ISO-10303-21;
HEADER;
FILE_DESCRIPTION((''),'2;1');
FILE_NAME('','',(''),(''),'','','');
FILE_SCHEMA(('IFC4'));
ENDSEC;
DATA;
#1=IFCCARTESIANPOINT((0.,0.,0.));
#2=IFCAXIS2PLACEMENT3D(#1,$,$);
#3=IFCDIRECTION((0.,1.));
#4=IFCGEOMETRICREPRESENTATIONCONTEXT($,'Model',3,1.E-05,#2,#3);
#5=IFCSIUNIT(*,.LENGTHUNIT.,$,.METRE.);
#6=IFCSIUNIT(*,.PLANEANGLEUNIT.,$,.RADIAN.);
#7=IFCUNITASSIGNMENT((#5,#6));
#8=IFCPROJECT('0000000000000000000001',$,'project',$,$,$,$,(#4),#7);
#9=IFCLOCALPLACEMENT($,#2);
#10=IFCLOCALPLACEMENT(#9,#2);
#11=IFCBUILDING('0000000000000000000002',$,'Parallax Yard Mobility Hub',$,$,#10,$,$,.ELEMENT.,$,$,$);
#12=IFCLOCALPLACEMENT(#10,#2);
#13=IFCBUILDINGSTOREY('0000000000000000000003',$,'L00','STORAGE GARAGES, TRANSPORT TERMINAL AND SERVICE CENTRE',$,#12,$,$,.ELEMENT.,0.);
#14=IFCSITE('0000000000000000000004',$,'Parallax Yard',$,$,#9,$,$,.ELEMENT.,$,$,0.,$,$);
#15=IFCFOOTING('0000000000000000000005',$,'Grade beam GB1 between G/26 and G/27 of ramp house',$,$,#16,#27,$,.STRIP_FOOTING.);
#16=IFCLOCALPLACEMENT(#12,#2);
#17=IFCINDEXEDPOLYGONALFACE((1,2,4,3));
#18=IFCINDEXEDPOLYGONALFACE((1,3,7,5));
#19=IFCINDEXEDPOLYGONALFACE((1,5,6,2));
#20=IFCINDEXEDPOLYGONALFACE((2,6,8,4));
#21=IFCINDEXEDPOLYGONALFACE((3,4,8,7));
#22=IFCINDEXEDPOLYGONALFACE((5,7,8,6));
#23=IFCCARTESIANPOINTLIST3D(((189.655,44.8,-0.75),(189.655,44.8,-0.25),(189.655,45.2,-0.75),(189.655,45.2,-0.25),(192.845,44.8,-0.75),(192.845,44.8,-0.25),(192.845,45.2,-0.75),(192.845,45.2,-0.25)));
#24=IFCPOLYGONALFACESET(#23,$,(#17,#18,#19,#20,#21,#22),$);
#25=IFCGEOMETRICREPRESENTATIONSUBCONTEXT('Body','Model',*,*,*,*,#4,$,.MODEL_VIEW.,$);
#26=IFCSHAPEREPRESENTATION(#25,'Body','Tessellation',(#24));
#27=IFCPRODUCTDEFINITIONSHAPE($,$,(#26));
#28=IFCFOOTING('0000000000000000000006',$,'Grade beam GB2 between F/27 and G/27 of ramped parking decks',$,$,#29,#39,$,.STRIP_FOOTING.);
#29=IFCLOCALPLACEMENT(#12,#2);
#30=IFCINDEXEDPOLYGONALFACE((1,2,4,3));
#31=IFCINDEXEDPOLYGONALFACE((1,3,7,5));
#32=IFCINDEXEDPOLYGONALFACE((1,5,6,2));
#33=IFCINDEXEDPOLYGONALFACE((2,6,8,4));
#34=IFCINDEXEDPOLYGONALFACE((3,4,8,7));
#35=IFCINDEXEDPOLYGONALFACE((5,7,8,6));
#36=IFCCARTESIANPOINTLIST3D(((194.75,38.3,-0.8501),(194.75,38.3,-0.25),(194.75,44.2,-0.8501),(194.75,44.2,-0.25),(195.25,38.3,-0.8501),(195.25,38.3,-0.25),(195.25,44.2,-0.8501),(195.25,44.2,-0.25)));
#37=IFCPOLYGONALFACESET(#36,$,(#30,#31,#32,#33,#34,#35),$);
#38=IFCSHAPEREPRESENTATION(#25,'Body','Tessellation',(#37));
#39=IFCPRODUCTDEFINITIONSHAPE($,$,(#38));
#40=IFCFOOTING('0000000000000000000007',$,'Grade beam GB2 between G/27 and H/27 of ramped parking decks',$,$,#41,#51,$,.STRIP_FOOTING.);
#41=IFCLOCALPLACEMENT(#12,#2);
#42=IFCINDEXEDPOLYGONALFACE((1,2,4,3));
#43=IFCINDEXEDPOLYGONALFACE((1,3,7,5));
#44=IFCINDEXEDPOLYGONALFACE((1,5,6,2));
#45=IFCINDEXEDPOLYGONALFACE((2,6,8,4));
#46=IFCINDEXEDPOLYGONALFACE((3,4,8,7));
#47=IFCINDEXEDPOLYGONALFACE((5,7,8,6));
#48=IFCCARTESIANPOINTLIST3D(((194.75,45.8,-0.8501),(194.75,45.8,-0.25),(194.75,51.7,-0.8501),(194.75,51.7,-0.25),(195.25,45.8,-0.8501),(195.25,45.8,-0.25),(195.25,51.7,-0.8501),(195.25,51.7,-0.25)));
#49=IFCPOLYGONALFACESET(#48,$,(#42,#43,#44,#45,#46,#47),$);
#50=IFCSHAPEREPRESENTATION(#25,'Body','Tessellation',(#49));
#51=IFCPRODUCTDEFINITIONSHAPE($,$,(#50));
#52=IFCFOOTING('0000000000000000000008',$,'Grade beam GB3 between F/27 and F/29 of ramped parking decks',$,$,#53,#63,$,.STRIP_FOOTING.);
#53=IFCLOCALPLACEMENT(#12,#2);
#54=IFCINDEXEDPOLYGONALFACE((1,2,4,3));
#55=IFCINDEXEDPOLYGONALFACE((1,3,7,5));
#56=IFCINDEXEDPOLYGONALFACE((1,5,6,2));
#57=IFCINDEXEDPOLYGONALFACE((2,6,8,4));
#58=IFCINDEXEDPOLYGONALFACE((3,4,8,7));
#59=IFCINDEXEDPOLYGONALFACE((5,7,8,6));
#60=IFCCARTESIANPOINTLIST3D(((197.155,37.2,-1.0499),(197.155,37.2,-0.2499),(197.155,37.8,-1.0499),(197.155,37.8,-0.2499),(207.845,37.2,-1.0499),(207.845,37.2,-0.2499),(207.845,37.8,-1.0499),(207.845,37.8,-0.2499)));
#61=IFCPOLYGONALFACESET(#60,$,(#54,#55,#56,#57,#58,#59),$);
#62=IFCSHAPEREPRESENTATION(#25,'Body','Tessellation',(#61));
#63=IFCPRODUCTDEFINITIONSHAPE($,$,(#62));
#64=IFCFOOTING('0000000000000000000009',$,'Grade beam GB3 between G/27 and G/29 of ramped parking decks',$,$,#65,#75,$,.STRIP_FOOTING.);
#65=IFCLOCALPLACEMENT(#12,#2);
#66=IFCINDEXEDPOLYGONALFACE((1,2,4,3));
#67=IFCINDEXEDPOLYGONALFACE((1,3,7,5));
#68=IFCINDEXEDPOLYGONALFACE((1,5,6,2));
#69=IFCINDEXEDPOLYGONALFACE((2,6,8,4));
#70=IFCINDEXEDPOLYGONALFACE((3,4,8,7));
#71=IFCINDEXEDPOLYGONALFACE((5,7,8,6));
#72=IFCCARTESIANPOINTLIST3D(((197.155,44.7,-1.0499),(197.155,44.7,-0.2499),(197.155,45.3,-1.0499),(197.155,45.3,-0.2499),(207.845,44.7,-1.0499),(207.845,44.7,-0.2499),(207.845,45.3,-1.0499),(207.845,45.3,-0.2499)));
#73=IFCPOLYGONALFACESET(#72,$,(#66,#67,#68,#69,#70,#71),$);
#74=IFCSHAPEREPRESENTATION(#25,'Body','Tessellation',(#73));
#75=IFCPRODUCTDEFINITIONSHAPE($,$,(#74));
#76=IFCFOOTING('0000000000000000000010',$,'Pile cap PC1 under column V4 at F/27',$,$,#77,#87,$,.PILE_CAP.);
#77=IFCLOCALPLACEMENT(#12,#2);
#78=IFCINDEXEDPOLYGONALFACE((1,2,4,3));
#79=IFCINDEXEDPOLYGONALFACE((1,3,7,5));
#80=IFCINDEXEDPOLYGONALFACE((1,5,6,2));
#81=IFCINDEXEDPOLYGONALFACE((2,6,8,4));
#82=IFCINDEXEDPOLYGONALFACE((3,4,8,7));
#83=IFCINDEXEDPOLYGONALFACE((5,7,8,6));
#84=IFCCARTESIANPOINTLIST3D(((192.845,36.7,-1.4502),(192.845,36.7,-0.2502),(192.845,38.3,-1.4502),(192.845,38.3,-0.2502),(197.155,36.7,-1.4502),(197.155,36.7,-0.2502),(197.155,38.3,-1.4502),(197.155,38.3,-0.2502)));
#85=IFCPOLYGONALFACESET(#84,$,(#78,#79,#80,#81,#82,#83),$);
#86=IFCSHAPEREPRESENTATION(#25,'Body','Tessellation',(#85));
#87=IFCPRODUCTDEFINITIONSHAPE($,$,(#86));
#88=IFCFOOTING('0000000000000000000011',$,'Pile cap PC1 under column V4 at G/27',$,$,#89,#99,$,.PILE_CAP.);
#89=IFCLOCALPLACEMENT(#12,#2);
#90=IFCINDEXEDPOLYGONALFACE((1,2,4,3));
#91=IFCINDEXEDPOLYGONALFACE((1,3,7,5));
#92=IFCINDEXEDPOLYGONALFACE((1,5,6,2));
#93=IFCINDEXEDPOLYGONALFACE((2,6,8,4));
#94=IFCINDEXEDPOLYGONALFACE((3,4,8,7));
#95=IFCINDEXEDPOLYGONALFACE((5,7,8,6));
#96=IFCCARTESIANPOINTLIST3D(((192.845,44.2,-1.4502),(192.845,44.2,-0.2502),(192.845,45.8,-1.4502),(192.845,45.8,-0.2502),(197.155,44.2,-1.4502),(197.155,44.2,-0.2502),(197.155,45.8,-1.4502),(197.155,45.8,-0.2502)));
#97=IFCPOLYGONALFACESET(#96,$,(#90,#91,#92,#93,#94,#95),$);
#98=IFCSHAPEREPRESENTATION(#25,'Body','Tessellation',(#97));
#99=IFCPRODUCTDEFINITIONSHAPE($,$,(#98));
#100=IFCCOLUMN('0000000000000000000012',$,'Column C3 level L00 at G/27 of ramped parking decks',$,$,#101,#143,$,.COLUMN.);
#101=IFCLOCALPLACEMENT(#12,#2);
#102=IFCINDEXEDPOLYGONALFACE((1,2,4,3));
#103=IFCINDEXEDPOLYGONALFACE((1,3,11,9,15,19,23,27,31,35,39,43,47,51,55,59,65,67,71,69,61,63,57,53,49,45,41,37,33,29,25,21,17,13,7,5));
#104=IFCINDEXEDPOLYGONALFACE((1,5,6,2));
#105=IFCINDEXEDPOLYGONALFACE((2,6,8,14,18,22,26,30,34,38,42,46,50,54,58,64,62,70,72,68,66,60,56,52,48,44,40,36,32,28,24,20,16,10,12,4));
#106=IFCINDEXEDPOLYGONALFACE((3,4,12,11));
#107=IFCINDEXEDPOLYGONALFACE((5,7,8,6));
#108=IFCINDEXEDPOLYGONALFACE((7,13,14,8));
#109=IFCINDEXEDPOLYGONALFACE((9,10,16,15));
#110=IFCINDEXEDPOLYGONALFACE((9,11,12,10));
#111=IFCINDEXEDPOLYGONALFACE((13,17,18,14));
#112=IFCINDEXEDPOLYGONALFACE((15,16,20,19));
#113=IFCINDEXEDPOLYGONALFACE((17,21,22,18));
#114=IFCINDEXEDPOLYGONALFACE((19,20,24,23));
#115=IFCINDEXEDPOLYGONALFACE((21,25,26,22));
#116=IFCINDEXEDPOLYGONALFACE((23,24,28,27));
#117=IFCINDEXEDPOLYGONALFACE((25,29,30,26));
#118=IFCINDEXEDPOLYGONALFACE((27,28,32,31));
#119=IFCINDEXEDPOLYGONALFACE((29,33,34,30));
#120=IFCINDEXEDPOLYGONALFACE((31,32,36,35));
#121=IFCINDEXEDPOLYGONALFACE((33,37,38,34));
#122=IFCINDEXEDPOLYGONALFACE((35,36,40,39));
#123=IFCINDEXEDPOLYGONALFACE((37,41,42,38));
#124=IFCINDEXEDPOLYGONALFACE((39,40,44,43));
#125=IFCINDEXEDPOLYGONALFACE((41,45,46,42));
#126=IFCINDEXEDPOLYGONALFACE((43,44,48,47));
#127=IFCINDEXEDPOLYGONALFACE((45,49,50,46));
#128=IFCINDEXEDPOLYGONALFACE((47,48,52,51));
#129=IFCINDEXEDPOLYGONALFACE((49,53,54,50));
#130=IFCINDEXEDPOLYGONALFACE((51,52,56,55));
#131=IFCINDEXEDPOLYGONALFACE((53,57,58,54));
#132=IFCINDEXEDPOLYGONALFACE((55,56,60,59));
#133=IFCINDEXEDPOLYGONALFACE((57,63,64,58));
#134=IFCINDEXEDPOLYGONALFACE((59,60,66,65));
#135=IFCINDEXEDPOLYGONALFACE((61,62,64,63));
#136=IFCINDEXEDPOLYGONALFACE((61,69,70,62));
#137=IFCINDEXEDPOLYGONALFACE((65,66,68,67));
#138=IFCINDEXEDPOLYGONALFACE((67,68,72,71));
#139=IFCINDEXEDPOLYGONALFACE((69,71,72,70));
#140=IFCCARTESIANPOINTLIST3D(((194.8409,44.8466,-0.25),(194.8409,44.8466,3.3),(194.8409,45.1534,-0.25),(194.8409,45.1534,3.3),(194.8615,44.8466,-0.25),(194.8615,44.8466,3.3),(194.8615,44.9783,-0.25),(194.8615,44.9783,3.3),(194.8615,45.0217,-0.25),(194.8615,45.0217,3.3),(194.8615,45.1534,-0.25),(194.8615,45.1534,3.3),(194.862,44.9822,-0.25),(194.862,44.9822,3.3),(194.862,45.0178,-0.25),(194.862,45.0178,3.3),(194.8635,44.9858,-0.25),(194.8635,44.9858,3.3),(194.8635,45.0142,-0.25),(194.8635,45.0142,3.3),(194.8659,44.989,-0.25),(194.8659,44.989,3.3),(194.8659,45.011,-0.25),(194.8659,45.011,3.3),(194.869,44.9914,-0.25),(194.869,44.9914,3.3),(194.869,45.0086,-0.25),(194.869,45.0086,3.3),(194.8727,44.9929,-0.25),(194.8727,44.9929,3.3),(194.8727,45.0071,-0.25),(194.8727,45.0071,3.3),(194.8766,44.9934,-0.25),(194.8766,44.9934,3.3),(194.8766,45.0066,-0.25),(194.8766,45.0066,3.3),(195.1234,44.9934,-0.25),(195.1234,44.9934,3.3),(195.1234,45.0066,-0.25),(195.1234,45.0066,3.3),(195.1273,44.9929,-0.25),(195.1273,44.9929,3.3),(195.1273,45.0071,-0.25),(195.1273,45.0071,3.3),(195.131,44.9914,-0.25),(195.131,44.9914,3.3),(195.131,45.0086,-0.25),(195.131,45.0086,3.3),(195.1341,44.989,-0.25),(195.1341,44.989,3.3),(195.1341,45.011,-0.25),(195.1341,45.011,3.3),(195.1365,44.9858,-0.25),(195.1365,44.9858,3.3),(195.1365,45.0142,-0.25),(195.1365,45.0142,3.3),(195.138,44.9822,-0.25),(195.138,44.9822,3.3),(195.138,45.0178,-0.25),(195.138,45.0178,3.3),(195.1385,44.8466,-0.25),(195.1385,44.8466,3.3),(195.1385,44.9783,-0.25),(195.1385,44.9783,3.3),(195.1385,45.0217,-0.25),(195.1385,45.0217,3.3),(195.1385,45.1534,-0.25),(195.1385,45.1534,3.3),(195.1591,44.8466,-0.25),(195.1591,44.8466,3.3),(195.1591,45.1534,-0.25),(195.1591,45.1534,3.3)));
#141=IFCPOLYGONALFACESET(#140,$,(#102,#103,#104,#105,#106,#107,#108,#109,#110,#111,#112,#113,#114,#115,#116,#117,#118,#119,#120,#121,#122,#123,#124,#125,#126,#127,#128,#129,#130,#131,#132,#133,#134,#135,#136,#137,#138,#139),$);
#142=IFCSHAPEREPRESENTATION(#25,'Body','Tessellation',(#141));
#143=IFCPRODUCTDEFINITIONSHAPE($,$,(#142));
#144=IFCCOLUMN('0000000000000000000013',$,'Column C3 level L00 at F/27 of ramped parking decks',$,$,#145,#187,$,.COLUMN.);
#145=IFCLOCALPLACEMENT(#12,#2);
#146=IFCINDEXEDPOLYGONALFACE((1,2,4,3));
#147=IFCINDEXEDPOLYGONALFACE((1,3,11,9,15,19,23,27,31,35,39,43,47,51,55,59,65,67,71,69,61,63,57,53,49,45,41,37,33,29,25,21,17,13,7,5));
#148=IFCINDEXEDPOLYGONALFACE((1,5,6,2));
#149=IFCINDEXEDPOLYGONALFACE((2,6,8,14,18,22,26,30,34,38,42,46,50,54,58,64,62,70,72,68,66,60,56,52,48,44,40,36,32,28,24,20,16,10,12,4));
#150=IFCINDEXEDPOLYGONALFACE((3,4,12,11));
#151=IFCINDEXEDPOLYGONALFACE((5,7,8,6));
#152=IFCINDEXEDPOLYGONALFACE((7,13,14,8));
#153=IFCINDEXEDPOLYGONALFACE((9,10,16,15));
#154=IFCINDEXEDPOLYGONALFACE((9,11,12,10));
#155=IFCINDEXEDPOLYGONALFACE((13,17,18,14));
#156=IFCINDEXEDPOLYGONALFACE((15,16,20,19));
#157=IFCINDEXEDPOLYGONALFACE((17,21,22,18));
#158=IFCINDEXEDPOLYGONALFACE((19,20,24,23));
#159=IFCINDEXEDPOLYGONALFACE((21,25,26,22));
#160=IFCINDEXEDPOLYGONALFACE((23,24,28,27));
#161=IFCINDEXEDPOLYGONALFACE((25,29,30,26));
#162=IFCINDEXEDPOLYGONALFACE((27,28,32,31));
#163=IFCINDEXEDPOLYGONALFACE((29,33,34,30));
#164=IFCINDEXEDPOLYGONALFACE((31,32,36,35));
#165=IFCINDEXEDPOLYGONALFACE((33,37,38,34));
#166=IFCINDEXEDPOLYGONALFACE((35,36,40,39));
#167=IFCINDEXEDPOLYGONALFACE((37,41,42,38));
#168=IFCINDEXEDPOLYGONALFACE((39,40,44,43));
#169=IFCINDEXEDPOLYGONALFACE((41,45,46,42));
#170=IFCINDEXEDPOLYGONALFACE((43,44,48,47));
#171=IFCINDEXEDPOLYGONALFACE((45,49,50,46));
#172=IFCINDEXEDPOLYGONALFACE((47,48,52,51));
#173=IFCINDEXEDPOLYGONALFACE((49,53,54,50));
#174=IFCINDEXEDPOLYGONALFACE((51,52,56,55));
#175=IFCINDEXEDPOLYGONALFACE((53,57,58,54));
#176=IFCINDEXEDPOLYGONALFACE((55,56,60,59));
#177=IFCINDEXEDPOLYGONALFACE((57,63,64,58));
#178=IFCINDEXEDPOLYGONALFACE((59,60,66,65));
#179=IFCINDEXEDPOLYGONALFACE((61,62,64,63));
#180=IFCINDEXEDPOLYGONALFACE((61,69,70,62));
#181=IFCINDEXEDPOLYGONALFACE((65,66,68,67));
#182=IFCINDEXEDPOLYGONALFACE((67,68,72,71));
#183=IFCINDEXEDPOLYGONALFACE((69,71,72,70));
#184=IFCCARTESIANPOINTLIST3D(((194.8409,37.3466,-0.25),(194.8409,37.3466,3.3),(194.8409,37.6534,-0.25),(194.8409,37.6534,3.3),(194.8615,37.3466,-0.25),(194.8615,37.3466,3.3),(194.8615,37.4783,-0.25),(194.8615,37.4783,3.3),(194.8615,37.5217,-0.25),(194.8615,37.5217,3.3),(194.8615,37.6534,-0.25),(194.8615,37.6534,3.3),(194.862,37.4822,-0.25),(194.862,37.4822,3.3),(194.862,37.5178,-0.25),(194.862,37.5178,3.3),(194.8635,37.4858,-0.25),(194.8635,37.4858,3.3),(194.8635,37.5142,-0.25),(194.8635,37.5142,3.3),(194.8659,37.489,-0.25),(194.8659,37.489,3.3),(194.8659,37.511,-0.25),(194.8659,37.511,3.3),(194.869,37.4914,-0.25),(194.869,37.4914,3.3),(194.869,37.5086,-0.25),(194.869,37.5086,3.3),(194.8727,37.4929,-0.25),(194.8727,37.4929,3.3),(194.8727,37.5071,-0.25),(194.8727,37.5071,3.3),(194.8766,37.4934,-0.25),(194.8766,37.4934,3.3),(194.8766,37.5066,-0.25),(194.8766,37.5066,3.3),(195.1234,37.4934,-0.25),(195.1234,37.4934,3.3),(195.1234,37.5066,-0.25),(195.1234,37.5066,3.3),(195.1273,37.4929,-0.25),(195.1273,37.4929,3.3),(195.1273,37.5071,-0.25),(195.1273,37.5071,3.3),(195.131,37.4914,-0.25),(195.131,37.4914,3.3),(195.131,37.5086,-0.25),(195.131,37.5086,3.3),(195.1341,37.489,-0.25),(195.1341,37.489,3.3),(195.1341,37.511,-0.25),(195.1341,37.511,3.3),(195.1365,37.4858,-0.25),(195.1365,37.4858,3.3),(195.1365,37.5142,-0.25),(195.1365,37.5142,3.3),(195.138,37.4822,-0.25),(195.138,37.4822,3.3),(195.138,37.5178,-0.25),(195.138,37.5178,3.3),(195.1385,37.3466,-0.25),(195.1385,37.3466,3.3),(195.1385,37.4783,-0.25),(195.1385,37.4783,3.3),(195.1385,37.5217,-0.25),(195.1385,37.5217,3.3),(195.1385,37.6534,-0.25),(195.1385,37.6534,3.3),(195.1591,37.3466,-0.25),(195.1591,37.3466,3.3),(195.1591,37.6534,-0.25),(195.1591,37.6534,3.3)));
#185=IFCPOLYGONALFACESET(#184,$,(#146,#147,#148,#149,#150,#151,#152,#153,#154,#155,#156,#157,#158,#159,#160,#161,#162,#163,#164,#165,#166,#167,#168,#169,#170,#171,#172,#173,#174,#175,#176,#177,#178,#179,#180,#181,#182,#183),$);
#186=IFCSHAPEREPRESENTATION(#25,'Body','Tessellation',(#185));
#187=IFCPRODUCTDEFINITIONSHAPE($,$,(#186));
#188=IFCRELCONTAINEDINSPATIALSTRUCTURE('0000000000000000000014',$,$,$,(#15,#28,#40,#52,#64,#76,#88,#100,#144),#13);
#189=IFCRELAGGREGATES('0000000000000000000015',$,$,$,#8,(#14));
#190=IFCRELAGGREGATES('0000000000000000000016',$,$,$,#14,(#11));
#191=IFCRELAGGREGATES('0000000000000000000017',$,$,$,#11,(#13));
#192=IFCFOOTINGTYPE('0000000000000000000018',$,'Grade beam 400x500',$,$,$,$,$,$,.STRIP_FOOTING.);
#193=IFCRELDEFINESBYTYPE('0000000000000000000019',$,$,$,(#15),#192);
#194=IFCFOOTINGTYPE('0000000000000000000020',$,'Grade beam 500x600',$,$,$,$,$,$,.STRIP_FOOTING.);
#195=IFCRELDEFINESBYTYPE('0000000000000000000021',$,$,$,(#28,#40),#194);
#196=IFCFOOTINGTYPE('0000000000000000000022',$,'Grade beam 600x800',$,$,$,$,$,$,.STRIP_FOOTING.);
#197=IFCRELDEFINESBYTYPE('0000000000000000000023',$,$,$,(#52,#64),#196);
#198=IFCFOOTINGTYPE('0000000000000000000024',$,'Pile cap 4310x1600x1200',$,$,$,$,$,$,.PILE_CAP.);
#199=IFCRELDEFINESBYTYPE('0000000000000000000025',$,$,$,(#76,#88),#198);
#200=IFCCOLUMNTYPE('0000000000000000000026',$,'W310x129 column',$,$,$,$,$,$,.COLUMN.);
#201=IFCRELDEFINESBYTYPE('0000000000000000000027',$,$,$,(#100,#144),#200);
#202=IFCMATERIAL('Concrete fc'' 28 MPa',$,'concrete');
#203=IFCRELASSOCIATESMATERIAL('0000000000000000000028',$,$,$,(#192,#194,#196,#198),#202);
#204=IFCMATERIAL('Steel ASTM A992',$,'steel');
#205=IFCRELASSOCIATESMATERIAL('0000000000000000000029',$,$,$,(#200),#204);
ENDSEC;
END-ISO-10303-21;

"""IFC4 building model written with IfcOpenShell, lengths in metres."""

from ifc_helpers import new_model, si_unit, direction, frame, origin, origin_2d, place, context, subcontext, project, spatial, rectangle, i_section, extrude, material, material_profile, profile_set, type_object, element, save


model = new_model("IFC4")

# Units and contexts
model_context = context("Model", 3, precision=1e-05, world=origin(), true_north=direction((0.0, 1.0)))
body_context = subcontext(model_context, "Body", "Model", "MODEL_VIEW")
ifc_project = project(units=[si_unit("LENGTHUNIT", "METRE"), si_unit("PLANEANGLEUNIT", "RADIAN")], contexts=[model_context])

# Site, building, storey
site_placement = place(None, origin())
site = spatial("IfcSite", under=ifc_project, at=site_placement, Name="Parallax Yard", CompositionType="ELEMENT", RefElevation=0.0)
building_placement = place(site_placement, origin())
building = spatial("IfcBuilding", under=site, at=building_placement, Name="Parallax Yard Mobility Hub", CompositionType="ELEMENT")
storey_placement = place(building_placement, origin())
storey = spatial("IfcBuildingStorey", under=building, at=storey_placement, Name="L00", Description="STORAGE GARAGES, TRANSPORT TERMINAL AND SERVICE CENTRE", CompositionType="ELEMENT", Elevation=0.0)

# Shared definitions
ifc_material_1 = material(Name="Concrete fc' 28 MPa", Category="concrete")

# Footings
ifc_material_profile_1 = material_profile(ifc_material_1, rectangle(XDim=0.3999, YDim=0.5, at=origin_2d()), Name="Grade beam 400x500")
ifc_profile_set_1 = profile_set([ifc_material_profile_1], Name="Concrete fc' 28 MPa")
footing_type_1 = type_object("IfcFootingType", Name="Grade beam 400x500", PredefinedType="STRIP_FOOTING", material=ifc_profile_set_1)
for number, where, z_axis, x_axis, name in (
    (1, (189.655, 45.0, -0.5), (1.0, 0.0, 0.0), (0.0, 1.0, 0.0), "Grade beam GB1 between G/26 and G/27 of ramp house"),
):
    element("IfcFooting", number, at=place(storey_placement, frame(where, z_axis=z_axis, x_axis=x_axis)), inside=storey, type_object=footing_type_1, Name=name, PredefinedType="STRIP_FOOTING", context=body_context, shape_type="SweptSolid", body=[
        extrude(rectangle(XDim=0.3999, YDim=0.5, at=origin_2d()), origin(), (0.0, 0.0, 1.0), 3.1899),
    ])
ifc_material_profile_2 = material_profile(ifc_material_1, rectangle(XDim=0.5, YDim=0.6001, at=origin_2d()), Name="Grade beam 500x600")
ifc_profile_set_2 = profile_set([ifc_material_profile_2], Name="Concrete fc' 28 MPa")
footing_type_2 = type_object("IfcFootingType", Name="Grade beam 500x600", PredefinedType="STRIP_FOOTING", material=ifc_profile_set_2)
for number, where, z_axis, x_axis, name in (
    (2, (195.0, 38.3, -0.55), (0.0, 1.0, 0.0), (-1.0, 0.0, 0.0), "Grade beam GB2 between F/27 and G/27 of ramped parking decks"),
    (3, (195.0, 45.8, -0.55), (0.0, 1.0, 0.0), (-1.0, 0.0, 0.0), "Grade beam GB2 between G/27 and H/27 of ramped parking decks"),
):
    element("IfcFooting", number, at=place(storey_placement, frame(where, z_axis=z_axis, x_axis=x_axis)), inside=storey, type_object=footing_type_2, Name=name, PredefinedType="STRIP_FOOTING", context=body_context, shape_type="SweptSolid", body=[
        extrude(rectangle(XDim=0.5, YDim=0.6001, at=origin_2d()), origin(), (0.0, 0.0, 1.0), 5.8999),
    ])
ifc_material_profile_3 = material_profile(ifc_material_1, rectangle(XDim=0.6001, YDim=0.8, at=origin_2d()), Name="Grade beam 600x800")
ifc_profile_set_3 = profile_set([ifc_material_profile_3], Name="Concrete fc' 28 MPa")
footing_type_3 = type_object("IfcFootingType", Name="Grade beam 600x800", PredefinedType="STRIP_FOOTING", material=ifc_profile_set_3)
for number, where, z_axis, x_axis, name in (
    (4, (197.155, 37.5, -0.6499), (1.0, 0.0, 0.0), (0.0, 1.0, 0.0), "Grade beam GB3 between F/27 and F/29 of ramped parking decks"),
    (5, (197.155, 45.0, -0.6499), (1.0, 0.0, 0.0), (0.0, 1.0, 0.0), "Grade beam GB3 between G/27 and G/29 of ramped parking decks"),
):
    element("IfcFooting", number, at=place(storey_placement, frame(where, z_axis=z_axis, x_axis=x_axis)), inside=storey, type_object=footing_type_3, Name=name, PredefinedType="STRIP_FOOTING", context=body_context, shape_type="SweptSolid", body=[
        extrude(rectangle(XDim=0.6001, YDim=0.8, at=origin_2d()), origin(), (0.0, 0.0, 1.0), 10.6899),
    ])
footing_type_4 = type_object("IfcFootingType", Name="Pile cap 4310x1600x1200", PredefinedType="PILE_CAP", material=ifc_material_1)
for number, where, z_axis, x_axis, name in (
    (6, (195.0, 37.5, -1.4502), (0.0, 0.0, 1.0), (1.0, 0.0, 0.0), "Pile cap PC1 under column V4 at F/27"),
    (7, (195.0, 45.0, -1.4502), (0.0, 0.0, 1.0), (1.0, 0.0, 0.0), "Pile cap PC1 under column V4 at G/27"),
):
    element("IfcFooting", number, at=place(storey_placement, frame(where, z_axis=z_axis, x_axis=x_axis)), inside=storey, type_object=footing_type_4, Name=name, PredefinedType="PILE_CAP", context=body_context, shape_type="SweptSolid", body=[
        extrude(rectangle(XDim=4.3101, YDim=1.6001, at=origin_2d()), origin(), (0.0, 0.0, 1.0), 1.2),
    ])

# Columns
ifc_material_2 = material(Name="Steel ASTM A992", Category="steel")
ifc_material_profile_4 = material_profile(ifc_material_2, i_section(OverallWidth=0.3069, OverallDepth=0.3181, WebThickness=0.0132, FlangeThickness=0.0205, FilletRadius=0.0151, at=origin_2d()), Name="W310x129")
ifc_profile_set_4 = profile_set([ifc_material_profile_4], Name="Steel ASTM A992")
column_type = type_object("IfcColumnType", Name="W310x129 column", PredefinedType="COLUMN", material=ifc_profile_set_4)
for number, where, z_axis, x_axis, name in (
    (8, (195.0, 45.0, -0.25), (0.0, 0.0, 1.0), (0.0, 1.0, 0.0), "Column C3 level L00 at G/27 of ramped parking decks"),
    (9, (195.0, 37.5, -0.25), (0.0, 0.0, 1.0), (0.0, 1.0, 0.0), "Column C3 level L00 at F/27 of ramped parking decks"),
):
    element("IfcColumn", number, at=place(storey_placement, frame(where, z_axis=z_axis, x_axis=x_axis)), inside=storey, type_object=column_type, Name=name, PredefinedType="COLUMN", context=body_context, shape_type="SweptSolid", body=[
        extrude(i_section(OverallWidth=0.3069, OverallDepth=0.3181, WebThickness=0.0132, FlangeThickness=0.0205, FilletRadius=0.0151, at=origin_2d()), origin(), (0.0, 0.0, 1.0), 3.55),
    ])

save(model, "model.ifc")
